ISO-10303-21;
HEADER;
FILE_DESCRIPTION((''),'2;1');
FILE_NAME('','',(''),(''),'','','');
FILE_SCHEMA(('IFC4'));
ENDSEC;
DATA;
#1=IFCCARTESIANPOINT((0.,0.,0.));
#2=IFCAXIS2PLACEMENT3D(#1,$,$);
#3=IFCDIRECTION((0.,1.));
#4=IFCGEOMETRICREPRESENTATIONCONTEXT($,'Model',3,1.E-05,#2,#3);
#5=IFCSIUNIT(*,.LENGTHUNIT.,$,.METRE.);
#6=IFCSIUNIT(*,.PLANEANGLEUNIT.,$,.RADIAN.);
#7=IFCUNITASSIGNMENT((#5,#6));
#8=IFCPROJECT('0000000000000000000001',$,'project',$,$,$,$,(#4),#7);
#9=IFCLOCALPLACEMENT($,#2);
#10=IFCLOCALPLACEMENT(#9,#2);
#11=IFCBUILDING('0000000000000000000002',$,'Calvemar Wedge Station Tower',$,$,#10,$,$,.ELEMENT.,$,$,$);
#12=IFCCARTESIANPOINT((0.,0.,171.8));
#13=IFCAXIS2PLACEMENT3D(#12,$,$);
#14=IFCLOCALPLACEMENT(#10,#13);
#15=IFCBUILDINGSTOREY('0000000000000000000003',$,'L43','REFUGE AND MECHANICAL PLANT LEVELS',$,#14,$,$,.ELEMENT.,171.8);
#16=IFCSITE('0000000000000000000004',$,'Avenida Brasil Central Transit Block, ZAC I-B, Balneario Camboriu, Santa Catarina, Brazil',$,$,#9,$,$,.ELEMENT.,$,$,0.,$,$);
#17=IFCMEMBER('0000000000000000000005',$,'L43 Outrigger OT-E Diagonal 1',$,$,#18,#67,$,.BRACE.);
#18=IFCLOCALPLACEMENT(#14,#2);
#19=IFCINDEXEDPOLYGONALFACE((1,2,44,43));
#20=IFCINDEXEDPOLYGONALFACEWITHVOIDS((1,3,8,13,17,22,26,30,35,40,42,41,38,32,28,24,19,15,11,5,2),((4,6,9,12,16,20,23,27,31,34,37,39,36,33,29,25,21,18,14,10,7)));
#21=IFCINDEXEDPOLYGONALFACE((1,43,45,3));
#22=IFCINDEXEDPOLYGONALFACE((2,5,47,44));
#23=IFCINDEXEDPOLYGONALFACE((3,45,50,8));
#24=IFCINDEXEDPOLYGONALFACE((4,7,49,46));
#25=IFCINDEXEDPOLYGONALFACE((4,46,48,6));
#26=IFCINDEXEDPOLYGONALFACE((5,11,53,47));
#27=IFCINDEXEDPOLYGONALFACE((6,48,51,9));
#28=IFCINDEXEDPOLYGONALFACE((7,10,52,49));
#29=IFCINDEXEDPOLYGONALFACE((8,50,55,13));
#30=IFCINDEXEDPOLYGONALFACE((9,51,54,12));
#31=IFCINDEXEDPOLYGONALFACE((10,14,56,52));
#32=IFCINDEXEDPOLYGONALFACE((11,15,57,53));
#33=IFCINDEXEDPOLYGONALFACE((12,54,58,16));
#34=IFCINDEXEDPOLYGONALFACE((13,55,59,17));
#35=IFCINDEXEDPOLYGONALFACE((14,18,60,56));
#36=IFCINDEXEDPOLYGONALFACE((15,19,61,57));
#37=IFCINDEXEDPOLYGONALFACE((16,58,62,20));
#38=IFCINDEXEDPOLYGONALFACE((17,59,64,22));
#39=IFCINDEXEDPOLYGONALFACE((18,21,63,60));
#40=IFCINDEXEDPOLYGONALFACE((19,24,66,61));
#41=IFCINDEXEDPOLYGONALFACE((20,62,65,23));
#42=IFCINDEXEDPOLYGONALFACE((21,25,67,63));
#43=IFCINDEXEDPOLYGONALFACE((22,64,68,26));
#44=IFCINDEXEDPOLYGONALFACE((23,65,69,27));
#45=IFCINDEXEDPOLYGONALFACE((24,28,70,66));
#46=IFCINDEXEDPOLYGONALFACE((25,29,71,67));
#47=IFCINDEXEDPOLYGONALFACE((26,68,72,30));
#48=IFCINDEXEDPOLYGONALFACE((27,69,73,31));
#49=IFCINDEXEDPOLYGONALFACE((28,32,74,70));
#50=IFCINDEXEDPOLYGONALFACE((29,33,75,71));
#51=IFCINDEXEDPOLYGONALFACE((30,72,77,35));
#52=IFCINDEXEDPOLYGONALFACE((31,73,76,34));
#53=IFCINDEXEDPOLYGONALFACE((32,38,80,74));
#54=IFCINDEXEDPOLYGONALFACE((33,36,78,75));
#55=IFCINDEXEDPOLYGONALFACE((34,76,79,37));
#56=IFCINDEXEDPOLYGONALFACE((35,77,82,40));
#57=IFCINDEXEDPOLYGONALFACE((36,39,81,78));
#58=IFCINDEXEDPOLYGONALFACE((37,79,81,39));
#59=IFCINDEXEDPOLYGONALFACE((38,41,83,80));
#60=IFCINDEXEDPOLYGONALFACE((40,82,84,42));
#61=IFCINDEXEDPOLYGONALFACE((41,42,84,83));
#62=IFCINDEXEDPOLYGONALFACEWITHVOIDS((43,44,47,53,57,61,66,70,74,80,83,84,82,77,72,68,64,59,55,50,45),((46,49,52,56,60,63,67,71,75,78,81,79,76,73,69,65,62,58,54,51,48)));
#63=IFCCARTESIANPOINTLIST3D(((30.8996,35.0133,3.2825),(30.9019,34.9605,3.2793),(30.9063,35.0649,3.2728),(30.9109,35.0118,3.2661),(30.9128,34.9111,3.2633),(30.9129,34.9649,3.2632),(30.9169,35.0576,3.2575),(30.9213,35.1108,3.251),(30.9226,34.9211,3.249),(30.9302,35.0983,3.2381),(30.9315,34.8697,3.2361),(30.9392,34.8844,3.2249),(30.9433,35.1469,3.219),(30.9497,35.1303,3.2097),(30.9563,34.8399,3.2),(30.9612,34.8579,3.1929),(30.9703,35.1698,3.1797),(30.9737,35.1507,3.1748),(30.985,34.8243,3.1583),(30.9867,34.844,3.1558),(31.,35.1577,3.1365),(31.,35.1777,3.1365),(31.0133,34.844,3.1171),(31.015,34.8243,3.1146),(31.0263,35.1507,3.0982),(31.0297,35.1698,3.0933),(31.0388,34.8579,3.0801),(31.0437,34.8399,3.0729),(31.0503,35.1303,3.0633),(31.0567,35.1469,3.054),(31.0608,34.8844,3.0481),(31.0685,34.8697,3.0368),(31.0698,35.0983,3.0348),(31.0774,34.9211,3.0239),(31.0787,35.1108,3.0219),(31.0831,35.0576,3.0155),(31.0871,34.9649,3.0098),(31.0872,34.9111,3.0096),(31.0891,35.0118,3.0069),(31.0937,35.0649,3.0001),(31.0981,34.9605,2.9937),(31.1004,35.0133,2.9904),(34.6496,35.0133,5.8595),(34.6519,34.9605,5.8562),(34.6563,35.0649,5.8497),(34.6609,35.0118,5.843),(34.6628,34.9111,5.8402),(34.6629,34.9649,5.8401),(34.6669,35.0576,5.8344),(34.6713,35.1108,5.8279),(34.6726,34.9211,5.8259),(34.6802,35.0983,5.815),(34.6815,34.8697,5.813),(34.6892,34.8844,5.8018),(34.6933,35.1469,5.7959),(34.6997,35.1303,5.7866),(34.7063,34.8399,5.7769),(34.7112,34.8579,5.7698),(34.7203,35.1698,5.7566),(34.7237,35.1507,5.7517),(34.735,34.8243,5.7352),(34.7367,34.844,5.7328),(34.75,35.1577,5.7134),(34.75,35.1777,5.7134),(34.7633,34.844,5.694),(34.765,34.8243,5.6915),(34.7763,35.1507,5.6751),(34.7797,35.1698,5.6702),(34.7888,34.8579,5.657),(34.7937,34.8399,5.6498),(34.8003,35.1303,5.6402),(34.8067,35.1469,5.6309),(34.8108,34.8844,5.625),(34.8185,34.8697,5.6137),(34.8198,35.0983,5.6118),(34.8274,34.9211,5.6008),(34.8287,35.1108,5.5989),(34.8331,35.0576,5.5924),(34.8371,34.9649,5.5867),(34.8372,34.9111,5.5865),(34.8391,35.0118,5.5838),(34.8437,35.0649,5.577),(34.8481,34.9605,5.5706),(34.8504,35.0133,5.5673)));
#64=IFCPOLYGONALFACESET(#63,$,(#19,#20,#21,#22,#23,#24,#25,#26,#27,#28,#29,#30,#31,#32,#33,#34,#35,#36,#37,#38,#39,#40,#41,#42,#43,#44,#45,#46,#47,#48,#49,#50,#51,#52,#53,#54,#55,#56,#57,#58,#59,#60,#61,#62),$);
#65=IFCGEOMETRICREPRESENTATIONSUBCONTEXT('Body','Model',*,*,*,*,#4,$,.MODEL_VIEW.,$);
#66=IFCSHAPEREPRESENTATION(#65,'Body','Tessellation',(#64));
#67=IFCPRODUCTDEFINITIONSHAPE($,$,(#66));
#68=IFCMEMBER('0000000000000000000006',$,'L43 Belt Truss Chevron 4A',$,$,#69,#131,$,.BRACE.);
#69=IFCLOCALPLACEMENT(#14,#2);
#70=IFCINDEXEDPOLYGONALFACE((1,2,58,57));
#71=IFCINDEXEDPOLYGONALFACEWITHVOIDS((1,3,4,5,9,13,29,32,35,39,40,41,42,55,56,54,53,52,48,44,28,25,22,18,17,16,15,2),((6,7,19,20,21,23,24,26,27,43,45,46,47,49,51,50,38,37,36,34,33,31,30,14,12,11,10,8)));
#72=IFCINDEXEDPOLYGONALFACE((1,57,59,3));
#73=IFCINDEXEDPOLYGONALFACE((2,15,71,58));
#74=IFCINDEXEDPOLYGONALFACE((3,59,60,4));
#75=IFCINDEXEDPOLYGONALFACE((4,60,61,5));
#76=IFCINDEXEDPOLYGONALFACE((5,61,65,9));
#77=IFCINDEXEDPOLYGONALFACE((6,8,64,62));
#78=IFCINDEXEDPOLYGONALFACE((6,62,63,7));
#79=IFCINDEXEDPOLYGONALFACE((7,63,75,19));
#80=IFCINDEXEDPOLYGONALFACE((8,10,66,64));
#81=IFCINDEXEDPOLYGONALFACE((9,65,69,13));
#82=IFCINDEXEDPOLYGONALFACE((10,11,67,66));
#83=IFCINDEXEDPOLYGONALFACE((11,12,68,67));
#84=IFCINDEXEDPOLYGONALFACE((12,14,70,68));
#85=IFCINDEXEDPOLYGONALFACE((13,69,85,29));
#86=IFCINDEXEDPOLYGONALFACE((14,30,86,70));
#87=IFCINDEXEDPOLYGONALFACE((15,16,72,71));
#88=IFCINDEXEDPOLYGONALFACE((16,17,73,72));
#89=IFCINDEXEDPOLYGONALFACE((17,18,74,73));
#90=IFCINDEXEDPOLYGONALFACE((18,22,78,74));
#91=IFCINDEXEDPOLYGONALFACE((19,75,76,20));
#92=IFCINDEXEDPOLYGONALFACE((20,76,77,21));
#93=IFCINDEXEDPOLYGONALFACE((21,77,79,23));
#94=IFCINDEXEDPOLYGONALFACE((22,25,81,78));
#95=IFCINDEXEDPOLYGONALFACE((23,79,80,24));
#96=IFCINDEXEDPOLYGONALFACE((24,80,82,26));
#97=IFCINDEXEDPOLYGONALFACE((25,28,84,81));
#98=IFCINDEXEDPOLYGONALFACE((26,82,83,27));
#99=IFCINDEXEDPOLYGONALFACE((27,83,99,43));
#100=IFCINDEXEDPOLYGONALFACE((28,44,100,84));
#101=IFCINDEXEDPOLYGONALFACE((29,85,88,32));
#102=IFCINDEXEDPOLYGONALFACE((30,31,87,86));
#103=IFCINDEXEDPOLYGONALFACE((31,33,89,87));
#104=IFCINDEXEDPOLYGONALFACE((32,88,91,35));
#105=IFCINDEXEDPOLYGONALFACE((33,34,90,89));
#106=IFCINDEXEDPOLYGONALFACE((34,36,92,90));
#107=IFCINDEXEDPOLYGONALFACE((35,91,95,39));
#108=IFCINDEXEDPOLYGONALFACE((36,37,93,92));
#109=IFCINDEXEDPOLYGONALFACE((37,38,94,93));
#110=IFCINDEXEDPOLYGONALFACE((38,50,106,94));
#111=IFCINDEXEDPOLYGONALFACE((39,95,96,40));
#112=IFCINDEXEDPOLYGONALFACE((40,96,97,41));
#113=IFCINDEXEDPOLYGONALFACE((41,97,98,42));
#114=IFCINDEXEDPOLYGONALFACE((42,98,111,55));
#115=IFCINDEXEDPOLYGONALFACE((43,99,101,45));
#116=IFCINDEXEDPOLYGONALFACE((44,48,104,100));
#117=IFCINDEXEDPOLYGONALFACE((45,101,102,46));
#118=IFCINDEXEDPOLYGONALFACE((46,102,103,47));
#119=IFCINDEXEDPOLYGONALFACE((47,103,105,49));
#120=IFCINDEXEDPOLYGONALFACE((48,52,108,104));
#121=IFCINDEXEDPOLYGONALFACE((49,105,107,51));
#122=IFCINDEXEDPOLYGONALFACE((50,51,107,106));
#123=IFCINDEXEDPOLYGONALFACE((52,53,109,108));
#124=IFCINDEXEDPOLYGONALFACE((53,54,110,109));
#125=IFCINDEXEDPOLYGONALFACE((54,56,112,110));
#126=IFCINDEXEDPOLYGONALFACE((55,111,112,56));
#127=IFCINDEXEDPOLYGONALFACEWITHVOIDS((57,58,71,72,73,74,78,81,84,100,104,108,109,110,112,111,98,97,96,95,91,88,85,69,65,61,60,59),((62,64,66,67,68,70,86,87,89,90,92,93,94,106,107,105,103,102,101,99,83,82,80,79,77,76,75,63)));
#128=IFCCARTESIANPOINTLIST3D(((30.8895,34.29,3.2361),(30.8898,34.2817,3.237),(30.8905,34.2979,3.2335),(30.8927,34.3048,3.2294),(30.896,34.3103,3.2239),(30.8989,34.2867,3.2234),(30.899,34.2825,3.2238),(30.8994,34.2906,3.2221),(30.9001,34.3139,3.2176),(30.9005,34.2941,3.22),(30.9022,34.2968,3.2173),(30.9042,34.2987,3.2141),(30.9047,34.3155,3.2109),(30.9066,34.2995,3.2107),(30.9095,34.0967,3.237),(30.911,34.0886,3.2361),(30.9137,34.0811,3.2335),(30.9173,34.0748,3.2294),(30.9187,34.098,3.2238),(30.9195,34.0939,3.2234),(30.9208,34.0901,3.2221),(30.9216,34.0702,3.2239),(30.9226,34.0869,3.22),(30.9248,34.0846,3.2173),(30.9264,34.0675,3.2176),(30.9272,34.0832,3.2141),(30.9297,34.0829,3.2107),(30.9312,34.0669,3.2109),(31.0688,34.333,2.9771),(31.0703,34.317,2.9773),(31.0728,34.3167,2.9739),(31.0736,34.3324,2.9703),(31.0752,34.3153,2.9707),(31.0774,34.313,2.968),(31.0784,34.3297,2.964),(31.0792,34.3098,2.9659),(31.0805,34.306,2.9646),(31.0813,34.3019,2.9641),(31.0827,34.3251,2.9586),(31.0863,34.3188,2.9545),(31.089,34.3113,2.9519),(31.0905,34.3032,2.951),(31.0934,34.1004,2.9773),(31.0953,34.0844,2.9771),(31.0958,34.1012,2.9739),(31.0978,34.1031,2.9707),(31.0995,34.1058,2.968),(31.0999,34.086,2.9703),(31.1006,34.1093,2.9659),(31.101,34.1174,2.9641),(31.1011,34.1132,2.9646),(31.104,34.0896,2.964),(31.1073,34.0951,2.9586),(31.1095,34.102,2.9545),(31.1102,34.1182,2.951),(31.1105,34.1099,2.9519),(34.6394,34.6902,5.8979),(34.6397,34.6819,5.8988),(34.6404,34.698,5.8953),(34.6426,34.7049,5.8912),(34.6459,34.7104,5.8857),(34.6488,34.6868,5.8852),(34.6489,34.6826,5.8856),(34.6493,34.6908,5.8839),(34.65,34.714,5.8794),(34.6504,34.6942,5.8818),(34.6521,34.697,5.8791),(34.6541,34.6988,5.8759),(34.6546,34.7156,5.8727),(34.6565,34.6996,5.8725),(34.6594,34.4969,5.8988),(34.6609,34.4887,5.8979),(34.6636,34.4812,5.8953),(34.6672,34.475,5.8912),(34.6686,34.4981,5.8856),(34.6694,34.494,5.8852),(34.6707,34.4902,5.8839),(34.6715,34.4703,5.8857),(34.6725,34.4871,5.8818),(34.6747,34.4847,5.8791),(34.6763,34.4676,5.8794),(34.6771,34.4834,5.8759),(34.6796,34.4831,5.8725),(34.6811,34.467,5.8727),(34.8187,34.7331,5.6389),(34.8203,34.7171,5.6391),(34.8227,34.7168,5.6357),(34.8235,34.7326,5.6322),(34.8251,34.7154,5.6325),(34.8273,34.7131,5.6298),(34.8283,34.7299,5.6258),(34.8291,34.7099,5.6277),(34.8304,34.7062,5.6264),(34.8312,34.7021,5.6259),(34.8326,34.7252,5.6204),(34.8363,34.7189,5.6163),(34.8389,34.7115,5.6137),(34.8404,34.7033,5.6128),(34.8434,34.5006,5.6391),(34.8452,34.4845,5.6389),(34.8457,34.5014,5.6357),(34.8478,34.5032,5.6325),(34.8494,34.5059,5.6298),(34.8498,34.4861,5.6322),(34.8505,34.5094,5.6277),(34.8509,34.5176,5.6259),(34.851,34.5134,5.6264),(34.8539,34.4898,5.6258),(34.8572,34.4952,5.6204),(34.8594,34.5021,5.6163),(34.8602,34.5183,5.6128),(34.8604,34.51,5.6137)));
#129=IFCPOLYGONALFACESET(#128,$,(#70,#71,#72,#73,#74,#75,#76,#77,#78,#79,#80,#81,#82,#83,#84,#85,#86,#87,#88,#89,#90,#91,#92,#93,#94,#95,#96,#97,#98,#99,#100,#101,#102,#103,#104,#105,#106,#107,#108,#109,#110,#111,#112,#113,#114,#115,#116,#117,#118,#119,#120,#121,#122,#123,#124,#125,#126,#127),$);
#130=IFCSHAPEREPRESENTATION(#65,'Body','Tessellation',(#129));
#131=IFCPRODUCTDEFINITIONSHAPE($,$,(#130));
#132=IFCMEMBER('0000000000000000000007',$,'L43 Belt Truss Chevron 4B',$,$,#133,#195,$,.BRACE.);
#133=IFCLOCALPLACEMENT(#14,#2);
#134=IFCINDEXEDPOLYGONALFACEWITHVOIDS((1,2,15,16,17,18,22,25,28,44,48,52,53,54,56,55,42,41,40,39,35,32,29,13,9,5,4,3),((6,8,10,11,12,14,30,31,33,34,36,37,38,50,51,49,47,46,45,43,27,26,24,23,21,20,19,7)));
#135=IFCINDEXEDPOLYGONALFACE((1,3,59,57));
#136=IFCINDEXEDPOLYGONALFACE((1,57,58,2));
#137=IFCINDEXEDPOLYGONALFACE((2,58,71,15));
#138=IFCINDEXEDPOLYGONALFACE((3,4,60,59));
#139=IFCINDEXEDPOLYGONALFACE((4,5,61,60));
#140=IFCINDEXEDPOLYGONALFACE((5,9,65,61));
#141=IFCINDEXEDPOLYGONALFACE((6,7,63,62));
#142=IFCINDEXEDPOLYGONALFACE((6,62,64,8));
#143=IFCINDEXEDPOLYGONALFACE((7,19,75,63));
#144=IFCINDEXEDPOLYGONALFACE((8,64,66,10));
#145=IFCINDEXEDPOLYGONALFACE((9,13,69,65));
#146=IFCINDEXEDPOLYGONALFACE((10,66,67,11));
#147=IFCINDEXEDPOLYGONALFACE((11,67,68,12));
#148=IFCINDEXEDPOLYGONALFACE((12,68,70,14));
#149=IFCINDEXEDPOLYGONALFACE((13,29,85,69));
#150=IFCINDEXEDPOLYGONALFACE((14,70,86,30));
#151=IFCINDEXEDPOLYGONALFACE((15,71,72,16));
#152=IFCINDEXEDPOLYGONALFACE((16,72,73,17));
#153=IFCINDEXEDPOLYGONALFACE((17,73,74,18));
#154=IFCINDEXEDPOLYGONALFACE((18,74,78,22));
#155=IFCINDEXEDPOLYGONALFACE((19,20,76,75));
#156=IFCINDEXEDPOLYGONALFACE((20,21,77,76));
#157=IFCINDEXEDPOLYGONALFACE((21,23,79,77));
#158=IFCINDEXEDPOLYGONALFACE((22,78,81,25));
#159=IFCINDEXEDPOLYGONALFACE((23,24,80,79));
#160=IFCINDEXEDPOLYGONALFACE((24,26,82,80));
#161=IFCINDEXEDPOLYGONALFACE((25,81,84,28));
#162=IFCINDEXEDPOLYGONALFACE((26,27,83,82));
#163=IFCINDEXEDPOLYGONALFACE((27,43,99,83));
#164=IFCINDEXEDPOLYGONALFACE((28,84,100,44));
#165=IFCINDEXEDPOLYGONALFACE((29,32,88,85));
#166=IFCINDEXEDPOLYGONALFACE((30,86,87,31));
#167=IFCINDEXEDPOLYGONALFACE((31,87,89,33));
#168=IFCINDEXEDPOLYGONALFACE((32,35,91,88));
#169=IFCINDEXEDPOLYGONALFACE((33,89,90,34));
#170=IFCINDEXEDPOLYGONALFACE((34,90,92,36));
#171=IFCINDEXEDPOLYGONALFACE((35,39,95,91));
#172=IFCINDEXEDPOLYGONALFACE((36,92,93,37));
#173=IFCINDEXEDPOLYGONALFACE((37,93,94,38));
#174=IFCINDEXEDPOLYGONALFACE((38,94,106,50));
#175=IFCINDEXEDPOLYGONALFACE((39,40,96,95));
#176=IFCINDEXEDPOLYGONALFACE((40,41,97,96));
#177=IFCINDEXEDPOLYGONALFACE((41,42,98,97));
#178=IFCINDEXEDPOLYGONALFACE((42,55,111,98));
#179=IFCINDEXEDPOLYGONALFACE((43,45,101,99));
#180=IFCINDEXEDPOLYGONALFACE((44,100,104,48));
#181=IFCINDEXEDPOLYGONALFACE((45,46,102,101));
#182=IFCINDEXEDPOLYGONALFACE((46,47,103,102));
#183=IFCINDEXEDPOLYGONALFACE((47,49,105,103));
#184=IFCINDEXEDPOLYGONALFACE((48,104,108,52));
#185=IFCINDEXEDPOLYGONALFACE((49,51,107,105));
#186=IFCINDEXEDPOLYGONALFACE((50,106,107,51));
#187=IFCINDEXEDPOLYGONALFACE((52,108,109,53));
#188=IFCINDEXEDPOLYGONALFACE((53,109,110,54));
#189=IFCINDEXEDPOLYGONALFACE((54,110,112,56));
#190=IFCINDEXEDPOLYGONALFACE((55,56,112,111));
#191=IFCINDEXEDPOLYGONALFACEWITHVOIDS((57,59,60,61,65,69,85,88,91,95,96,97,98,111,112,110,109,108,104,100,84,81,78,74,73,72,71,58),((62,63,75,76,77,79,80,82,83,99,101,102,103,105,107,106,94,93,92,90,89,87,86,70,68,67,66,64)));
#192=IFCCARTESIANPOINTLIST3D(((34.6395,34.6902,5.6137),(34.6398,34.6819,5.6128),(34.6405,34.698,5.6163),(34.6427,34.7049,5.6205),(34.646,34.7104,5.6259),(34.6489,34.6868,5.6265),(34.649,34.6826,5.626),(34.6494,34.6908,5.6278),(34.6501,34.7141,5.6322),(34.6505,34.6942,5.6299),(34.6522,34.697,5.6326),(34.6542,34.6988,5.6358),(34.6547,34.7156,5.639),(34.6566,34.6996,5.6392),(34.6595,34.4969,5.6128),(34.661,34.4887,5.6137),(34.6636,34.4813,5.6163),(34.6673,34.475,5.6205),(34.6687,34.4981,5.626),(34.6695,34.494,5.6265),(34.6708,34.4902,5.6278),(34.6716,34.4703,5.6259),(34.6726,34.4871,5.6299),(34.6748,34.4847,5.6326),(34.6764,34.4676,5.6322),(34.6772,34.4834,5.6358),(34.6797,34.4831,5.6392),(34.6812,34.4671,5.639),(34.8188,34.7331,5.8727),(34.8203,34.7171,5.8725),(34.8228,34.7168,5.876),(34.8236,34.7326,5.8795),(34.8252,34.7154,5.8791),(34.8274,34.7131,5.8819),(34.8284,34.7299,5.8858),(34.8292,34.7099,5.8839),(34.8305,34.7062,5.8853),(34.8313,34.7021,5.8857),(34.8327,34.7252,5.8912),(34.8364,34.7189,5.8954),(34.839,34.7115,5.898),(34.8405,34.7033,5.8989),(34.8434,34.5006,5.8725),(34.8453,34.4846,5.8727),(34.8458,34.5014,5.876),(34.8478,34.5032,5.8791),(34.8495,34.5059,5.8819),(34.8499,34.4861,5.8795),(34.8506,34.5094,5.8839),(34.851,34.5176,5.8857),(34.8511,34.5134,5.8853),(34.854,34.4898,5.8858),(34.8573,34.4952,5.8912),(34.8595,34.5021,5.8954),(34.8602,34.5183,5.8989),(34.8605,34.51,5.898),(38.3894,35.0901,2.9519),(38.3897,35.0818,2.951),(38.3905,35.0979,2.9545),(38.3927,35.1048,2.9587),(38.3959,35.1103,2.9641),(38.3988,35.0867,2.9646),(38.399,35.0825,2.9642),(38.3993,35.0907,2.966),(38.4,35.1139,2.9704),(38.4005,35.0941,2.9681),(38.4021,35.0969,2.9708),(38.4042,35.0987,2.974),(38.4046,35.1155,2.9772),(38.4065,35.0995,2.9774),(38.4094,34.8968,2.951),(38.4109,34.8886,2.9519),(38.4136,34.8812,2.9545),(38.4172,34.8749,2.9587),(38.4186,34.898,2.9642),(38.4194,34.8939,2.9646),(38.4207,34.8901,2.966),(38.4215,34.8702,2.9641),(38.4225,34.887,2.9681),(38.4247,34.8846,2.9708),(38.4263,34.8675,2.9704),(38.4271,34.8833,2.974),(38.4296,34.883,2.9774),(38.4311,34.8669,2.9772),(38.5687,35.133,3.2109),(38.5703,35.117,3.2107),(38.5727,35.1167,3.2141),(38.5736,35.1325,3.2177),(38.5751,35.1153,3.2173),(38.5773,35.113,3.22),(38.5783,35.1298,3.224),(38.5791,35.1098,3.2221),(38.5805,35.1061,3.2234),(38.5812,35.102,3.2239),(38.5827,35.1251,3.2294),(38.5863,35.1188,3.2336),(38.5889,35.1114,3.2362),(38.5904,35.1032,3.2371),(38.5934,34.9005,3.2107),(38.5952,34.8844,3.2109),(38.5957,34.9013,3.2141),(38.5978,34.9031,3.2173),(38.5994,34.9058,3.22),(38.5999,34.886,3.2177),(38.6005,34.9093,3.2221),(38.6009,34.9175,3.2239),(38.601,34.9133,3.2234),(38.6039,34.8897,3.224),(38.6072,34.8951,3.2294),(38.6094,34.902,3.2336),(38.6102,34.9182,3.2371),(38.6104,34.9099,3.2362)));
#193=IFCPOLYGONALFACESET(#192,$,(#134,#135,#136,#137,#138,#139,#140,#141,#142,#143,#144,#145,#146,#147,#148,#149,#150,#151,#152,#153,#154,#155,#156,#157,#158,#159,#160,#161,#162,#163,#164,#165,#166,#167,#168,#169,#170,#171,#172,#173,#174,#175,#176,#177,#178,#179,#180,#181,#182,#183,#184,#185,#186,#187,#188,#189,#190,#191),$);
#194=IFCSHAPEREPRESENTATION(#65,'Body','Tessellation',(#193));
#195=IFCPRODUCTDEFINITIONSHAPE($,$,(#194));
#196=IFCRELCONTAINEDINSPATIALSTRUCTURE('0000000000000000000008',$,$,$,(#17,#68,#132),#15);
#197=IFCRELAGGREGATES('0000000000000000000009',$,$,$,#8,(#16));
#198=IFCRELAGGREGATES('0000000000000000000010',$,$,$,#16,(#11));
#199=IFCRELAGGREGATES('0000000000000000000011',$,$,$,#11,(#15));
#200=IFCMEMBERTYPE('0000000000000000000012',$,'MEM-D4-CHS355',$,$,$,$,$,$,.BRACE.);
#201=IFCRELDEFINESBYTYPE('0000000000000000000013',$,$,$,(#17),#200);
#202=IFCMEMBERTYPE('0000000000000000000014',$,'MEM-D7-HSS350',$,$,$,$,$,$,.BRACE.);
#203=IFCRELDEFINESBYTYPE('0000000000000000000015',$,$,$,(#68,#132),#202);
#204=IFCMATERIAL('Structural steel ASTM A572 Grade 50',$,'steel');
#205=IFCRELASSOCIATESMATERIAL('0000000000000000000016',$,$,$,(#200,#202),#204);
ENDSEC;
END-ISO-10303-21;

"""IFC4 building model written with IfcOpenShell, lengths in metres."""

from ifc_helpers import new_model, si_unit, direction, frame, origin, origin_2d, place, context, subcontext, project, spatial, hollow_rectangle, hollow_circle, extrude, source, transform, mapped, material, material_profile, profile_set, type_object, element, save


model = new_model("IFC4")

# Units and contexts
model_context = context("Model", 3, precision=1e-05, world=origin(), true_north=direction((0.0, 1.0)))
body_context = subcontext(model_context, "Body", "Model", "MODEL_VIEW")
ifc_project = project(units=[si_unit("LENGTHUNIT", "METRE"), si_unit("PLANEANGLEUNIT", "RADIAN")], contexts=[model_context])

# Site, building, storey
site_placement = place(None, origin())
site = spatial("IfcSite", under=ifc_project, at=site_placement, Name="Avenida Brasil Central Transit Block, ZAC I-B, Balneario Camboriu, Santa Catarina, Brazil", CompositionType="ELEMENT", RefElevation=0.0)
building_placement = place(site_placement, origin())
building = spatial("IfcBuilding", under=site, at=building_placement, Name="Calvemar Wedge Station Tower", CompositionType="ELEMENT")
storey_placement = place(building_placement, frame((0.0, 0.0, 171.8)))
storey = spatial("IfcBuildingStorey", under=building, at=storey_placement, Name="L43", Description="REFUGE AND MECHANICAL PLANT LEVELS", CompositionType="ELEMENT", Elevation=171.8)

# Shared definitions
ifc_material_1 = material(Name="Structural steel ASTM A572 Grade 50", Category="steel")

# Members
ifc_material_profile_1 = material_profile(ifc_material_1, hollow_circle(Radius=0.1777, WallThickness=0.02, at=origin_2d()), Name="CHS355.6x20")
ifc_profile_set_1 = profile_set([ifc_material_profile_1], Name="Structural steel ASTM A572 Grade 50")
member_type_1 = type_object("IfcMemberType", Name="MEM-D4-CHS355", PredefinedType="BRACE", material=ifc_profile_set_1)
shared_shape_1 = source(origin(), body_context, "Body", "SweptSolid", [
    extrude(hollow_circle(Radius=0.1777, WallThickness=0.02, at=origin_2d()), origin(), (0.0, 0.0, 1.0), 4.55),
])
member_placement = place(storey_placement, frame((31.0, 35.0, 3.1365), z_axis=(0.824167, 0.0, 0.566347), x_axis=(0.0, 1.0, 0.0)))
element("IfcMember", 1, at=member_placement, inside=storey, type_object=member_type_1, Name="L43 Outrigger OT-E Diagonal 1", PredefinedType="BRACE", context=body_context, shape_type="MappedRepresentation", body=[
    mapped(shared_shape_1, transform((0.0, 0.0, 0.0), scale=1.0)),
])
ifc_material_profile_2 = material_profile(ifc_material_1, hollow_rectangle(XDim=0.25, YDim=0.3501, WallThickness=0.0161, InnerFilletRadius=0.0161, OuterFilletRadius=0.032, at=origin_2d()), Name="HSS350x250x16")
ifc_profile_set_2 = profile_set([ifc_material_profile_2], Name="Structural steel ASTM A572 Grade 50")
member_type_2 = type_object("IfcMemberType", Name="MEM-D7-HSS350", PredefinedType="BRACE", material=ifc_profile_set_2)
shared_shape_2 = source(origin(), body_context, "Body", "SweptSolid", [
    extrude(hollow_rectangle(XDim=0.25, YDim=0.3501, WallThickness=0.0161, InnerFilletRadius=0.0161, OuterFilletRadius=0.032, at=origin_2d()), origin(), (0.0, 0.0, 1.0), 4.616),
])
for number, where, z_axis, x_axis, name in (
    (2, (31.0, 34.2, 3.094), (0.812379, 0.086685, 0.576651), (-0.106103, 0.994355, 0.0), "L43 Belt Truss Chevron 4A"),
    (3, (34.75, 34.6001, 5.7559), (0.812382, 0.086633, -0.576654), (-0.106039, 0.994362, 0.0), "L43 Belt Truss Chevron 4B"),
):
    element("IfcMember", number, at=place(storey_placement, frame(where, z_axis=z_axis, x_axis=x_axis)), inside=storey, type_object=member_type_2, Name=name, PredefinedType="BRACE", context=body_context, shape_type="MappedRepresentation", body=[
        mapped(shared_shape_2, transform((0.0, 0.0, 0.0), scale=1.0)),
    ])

save(model, "model.ifc")
